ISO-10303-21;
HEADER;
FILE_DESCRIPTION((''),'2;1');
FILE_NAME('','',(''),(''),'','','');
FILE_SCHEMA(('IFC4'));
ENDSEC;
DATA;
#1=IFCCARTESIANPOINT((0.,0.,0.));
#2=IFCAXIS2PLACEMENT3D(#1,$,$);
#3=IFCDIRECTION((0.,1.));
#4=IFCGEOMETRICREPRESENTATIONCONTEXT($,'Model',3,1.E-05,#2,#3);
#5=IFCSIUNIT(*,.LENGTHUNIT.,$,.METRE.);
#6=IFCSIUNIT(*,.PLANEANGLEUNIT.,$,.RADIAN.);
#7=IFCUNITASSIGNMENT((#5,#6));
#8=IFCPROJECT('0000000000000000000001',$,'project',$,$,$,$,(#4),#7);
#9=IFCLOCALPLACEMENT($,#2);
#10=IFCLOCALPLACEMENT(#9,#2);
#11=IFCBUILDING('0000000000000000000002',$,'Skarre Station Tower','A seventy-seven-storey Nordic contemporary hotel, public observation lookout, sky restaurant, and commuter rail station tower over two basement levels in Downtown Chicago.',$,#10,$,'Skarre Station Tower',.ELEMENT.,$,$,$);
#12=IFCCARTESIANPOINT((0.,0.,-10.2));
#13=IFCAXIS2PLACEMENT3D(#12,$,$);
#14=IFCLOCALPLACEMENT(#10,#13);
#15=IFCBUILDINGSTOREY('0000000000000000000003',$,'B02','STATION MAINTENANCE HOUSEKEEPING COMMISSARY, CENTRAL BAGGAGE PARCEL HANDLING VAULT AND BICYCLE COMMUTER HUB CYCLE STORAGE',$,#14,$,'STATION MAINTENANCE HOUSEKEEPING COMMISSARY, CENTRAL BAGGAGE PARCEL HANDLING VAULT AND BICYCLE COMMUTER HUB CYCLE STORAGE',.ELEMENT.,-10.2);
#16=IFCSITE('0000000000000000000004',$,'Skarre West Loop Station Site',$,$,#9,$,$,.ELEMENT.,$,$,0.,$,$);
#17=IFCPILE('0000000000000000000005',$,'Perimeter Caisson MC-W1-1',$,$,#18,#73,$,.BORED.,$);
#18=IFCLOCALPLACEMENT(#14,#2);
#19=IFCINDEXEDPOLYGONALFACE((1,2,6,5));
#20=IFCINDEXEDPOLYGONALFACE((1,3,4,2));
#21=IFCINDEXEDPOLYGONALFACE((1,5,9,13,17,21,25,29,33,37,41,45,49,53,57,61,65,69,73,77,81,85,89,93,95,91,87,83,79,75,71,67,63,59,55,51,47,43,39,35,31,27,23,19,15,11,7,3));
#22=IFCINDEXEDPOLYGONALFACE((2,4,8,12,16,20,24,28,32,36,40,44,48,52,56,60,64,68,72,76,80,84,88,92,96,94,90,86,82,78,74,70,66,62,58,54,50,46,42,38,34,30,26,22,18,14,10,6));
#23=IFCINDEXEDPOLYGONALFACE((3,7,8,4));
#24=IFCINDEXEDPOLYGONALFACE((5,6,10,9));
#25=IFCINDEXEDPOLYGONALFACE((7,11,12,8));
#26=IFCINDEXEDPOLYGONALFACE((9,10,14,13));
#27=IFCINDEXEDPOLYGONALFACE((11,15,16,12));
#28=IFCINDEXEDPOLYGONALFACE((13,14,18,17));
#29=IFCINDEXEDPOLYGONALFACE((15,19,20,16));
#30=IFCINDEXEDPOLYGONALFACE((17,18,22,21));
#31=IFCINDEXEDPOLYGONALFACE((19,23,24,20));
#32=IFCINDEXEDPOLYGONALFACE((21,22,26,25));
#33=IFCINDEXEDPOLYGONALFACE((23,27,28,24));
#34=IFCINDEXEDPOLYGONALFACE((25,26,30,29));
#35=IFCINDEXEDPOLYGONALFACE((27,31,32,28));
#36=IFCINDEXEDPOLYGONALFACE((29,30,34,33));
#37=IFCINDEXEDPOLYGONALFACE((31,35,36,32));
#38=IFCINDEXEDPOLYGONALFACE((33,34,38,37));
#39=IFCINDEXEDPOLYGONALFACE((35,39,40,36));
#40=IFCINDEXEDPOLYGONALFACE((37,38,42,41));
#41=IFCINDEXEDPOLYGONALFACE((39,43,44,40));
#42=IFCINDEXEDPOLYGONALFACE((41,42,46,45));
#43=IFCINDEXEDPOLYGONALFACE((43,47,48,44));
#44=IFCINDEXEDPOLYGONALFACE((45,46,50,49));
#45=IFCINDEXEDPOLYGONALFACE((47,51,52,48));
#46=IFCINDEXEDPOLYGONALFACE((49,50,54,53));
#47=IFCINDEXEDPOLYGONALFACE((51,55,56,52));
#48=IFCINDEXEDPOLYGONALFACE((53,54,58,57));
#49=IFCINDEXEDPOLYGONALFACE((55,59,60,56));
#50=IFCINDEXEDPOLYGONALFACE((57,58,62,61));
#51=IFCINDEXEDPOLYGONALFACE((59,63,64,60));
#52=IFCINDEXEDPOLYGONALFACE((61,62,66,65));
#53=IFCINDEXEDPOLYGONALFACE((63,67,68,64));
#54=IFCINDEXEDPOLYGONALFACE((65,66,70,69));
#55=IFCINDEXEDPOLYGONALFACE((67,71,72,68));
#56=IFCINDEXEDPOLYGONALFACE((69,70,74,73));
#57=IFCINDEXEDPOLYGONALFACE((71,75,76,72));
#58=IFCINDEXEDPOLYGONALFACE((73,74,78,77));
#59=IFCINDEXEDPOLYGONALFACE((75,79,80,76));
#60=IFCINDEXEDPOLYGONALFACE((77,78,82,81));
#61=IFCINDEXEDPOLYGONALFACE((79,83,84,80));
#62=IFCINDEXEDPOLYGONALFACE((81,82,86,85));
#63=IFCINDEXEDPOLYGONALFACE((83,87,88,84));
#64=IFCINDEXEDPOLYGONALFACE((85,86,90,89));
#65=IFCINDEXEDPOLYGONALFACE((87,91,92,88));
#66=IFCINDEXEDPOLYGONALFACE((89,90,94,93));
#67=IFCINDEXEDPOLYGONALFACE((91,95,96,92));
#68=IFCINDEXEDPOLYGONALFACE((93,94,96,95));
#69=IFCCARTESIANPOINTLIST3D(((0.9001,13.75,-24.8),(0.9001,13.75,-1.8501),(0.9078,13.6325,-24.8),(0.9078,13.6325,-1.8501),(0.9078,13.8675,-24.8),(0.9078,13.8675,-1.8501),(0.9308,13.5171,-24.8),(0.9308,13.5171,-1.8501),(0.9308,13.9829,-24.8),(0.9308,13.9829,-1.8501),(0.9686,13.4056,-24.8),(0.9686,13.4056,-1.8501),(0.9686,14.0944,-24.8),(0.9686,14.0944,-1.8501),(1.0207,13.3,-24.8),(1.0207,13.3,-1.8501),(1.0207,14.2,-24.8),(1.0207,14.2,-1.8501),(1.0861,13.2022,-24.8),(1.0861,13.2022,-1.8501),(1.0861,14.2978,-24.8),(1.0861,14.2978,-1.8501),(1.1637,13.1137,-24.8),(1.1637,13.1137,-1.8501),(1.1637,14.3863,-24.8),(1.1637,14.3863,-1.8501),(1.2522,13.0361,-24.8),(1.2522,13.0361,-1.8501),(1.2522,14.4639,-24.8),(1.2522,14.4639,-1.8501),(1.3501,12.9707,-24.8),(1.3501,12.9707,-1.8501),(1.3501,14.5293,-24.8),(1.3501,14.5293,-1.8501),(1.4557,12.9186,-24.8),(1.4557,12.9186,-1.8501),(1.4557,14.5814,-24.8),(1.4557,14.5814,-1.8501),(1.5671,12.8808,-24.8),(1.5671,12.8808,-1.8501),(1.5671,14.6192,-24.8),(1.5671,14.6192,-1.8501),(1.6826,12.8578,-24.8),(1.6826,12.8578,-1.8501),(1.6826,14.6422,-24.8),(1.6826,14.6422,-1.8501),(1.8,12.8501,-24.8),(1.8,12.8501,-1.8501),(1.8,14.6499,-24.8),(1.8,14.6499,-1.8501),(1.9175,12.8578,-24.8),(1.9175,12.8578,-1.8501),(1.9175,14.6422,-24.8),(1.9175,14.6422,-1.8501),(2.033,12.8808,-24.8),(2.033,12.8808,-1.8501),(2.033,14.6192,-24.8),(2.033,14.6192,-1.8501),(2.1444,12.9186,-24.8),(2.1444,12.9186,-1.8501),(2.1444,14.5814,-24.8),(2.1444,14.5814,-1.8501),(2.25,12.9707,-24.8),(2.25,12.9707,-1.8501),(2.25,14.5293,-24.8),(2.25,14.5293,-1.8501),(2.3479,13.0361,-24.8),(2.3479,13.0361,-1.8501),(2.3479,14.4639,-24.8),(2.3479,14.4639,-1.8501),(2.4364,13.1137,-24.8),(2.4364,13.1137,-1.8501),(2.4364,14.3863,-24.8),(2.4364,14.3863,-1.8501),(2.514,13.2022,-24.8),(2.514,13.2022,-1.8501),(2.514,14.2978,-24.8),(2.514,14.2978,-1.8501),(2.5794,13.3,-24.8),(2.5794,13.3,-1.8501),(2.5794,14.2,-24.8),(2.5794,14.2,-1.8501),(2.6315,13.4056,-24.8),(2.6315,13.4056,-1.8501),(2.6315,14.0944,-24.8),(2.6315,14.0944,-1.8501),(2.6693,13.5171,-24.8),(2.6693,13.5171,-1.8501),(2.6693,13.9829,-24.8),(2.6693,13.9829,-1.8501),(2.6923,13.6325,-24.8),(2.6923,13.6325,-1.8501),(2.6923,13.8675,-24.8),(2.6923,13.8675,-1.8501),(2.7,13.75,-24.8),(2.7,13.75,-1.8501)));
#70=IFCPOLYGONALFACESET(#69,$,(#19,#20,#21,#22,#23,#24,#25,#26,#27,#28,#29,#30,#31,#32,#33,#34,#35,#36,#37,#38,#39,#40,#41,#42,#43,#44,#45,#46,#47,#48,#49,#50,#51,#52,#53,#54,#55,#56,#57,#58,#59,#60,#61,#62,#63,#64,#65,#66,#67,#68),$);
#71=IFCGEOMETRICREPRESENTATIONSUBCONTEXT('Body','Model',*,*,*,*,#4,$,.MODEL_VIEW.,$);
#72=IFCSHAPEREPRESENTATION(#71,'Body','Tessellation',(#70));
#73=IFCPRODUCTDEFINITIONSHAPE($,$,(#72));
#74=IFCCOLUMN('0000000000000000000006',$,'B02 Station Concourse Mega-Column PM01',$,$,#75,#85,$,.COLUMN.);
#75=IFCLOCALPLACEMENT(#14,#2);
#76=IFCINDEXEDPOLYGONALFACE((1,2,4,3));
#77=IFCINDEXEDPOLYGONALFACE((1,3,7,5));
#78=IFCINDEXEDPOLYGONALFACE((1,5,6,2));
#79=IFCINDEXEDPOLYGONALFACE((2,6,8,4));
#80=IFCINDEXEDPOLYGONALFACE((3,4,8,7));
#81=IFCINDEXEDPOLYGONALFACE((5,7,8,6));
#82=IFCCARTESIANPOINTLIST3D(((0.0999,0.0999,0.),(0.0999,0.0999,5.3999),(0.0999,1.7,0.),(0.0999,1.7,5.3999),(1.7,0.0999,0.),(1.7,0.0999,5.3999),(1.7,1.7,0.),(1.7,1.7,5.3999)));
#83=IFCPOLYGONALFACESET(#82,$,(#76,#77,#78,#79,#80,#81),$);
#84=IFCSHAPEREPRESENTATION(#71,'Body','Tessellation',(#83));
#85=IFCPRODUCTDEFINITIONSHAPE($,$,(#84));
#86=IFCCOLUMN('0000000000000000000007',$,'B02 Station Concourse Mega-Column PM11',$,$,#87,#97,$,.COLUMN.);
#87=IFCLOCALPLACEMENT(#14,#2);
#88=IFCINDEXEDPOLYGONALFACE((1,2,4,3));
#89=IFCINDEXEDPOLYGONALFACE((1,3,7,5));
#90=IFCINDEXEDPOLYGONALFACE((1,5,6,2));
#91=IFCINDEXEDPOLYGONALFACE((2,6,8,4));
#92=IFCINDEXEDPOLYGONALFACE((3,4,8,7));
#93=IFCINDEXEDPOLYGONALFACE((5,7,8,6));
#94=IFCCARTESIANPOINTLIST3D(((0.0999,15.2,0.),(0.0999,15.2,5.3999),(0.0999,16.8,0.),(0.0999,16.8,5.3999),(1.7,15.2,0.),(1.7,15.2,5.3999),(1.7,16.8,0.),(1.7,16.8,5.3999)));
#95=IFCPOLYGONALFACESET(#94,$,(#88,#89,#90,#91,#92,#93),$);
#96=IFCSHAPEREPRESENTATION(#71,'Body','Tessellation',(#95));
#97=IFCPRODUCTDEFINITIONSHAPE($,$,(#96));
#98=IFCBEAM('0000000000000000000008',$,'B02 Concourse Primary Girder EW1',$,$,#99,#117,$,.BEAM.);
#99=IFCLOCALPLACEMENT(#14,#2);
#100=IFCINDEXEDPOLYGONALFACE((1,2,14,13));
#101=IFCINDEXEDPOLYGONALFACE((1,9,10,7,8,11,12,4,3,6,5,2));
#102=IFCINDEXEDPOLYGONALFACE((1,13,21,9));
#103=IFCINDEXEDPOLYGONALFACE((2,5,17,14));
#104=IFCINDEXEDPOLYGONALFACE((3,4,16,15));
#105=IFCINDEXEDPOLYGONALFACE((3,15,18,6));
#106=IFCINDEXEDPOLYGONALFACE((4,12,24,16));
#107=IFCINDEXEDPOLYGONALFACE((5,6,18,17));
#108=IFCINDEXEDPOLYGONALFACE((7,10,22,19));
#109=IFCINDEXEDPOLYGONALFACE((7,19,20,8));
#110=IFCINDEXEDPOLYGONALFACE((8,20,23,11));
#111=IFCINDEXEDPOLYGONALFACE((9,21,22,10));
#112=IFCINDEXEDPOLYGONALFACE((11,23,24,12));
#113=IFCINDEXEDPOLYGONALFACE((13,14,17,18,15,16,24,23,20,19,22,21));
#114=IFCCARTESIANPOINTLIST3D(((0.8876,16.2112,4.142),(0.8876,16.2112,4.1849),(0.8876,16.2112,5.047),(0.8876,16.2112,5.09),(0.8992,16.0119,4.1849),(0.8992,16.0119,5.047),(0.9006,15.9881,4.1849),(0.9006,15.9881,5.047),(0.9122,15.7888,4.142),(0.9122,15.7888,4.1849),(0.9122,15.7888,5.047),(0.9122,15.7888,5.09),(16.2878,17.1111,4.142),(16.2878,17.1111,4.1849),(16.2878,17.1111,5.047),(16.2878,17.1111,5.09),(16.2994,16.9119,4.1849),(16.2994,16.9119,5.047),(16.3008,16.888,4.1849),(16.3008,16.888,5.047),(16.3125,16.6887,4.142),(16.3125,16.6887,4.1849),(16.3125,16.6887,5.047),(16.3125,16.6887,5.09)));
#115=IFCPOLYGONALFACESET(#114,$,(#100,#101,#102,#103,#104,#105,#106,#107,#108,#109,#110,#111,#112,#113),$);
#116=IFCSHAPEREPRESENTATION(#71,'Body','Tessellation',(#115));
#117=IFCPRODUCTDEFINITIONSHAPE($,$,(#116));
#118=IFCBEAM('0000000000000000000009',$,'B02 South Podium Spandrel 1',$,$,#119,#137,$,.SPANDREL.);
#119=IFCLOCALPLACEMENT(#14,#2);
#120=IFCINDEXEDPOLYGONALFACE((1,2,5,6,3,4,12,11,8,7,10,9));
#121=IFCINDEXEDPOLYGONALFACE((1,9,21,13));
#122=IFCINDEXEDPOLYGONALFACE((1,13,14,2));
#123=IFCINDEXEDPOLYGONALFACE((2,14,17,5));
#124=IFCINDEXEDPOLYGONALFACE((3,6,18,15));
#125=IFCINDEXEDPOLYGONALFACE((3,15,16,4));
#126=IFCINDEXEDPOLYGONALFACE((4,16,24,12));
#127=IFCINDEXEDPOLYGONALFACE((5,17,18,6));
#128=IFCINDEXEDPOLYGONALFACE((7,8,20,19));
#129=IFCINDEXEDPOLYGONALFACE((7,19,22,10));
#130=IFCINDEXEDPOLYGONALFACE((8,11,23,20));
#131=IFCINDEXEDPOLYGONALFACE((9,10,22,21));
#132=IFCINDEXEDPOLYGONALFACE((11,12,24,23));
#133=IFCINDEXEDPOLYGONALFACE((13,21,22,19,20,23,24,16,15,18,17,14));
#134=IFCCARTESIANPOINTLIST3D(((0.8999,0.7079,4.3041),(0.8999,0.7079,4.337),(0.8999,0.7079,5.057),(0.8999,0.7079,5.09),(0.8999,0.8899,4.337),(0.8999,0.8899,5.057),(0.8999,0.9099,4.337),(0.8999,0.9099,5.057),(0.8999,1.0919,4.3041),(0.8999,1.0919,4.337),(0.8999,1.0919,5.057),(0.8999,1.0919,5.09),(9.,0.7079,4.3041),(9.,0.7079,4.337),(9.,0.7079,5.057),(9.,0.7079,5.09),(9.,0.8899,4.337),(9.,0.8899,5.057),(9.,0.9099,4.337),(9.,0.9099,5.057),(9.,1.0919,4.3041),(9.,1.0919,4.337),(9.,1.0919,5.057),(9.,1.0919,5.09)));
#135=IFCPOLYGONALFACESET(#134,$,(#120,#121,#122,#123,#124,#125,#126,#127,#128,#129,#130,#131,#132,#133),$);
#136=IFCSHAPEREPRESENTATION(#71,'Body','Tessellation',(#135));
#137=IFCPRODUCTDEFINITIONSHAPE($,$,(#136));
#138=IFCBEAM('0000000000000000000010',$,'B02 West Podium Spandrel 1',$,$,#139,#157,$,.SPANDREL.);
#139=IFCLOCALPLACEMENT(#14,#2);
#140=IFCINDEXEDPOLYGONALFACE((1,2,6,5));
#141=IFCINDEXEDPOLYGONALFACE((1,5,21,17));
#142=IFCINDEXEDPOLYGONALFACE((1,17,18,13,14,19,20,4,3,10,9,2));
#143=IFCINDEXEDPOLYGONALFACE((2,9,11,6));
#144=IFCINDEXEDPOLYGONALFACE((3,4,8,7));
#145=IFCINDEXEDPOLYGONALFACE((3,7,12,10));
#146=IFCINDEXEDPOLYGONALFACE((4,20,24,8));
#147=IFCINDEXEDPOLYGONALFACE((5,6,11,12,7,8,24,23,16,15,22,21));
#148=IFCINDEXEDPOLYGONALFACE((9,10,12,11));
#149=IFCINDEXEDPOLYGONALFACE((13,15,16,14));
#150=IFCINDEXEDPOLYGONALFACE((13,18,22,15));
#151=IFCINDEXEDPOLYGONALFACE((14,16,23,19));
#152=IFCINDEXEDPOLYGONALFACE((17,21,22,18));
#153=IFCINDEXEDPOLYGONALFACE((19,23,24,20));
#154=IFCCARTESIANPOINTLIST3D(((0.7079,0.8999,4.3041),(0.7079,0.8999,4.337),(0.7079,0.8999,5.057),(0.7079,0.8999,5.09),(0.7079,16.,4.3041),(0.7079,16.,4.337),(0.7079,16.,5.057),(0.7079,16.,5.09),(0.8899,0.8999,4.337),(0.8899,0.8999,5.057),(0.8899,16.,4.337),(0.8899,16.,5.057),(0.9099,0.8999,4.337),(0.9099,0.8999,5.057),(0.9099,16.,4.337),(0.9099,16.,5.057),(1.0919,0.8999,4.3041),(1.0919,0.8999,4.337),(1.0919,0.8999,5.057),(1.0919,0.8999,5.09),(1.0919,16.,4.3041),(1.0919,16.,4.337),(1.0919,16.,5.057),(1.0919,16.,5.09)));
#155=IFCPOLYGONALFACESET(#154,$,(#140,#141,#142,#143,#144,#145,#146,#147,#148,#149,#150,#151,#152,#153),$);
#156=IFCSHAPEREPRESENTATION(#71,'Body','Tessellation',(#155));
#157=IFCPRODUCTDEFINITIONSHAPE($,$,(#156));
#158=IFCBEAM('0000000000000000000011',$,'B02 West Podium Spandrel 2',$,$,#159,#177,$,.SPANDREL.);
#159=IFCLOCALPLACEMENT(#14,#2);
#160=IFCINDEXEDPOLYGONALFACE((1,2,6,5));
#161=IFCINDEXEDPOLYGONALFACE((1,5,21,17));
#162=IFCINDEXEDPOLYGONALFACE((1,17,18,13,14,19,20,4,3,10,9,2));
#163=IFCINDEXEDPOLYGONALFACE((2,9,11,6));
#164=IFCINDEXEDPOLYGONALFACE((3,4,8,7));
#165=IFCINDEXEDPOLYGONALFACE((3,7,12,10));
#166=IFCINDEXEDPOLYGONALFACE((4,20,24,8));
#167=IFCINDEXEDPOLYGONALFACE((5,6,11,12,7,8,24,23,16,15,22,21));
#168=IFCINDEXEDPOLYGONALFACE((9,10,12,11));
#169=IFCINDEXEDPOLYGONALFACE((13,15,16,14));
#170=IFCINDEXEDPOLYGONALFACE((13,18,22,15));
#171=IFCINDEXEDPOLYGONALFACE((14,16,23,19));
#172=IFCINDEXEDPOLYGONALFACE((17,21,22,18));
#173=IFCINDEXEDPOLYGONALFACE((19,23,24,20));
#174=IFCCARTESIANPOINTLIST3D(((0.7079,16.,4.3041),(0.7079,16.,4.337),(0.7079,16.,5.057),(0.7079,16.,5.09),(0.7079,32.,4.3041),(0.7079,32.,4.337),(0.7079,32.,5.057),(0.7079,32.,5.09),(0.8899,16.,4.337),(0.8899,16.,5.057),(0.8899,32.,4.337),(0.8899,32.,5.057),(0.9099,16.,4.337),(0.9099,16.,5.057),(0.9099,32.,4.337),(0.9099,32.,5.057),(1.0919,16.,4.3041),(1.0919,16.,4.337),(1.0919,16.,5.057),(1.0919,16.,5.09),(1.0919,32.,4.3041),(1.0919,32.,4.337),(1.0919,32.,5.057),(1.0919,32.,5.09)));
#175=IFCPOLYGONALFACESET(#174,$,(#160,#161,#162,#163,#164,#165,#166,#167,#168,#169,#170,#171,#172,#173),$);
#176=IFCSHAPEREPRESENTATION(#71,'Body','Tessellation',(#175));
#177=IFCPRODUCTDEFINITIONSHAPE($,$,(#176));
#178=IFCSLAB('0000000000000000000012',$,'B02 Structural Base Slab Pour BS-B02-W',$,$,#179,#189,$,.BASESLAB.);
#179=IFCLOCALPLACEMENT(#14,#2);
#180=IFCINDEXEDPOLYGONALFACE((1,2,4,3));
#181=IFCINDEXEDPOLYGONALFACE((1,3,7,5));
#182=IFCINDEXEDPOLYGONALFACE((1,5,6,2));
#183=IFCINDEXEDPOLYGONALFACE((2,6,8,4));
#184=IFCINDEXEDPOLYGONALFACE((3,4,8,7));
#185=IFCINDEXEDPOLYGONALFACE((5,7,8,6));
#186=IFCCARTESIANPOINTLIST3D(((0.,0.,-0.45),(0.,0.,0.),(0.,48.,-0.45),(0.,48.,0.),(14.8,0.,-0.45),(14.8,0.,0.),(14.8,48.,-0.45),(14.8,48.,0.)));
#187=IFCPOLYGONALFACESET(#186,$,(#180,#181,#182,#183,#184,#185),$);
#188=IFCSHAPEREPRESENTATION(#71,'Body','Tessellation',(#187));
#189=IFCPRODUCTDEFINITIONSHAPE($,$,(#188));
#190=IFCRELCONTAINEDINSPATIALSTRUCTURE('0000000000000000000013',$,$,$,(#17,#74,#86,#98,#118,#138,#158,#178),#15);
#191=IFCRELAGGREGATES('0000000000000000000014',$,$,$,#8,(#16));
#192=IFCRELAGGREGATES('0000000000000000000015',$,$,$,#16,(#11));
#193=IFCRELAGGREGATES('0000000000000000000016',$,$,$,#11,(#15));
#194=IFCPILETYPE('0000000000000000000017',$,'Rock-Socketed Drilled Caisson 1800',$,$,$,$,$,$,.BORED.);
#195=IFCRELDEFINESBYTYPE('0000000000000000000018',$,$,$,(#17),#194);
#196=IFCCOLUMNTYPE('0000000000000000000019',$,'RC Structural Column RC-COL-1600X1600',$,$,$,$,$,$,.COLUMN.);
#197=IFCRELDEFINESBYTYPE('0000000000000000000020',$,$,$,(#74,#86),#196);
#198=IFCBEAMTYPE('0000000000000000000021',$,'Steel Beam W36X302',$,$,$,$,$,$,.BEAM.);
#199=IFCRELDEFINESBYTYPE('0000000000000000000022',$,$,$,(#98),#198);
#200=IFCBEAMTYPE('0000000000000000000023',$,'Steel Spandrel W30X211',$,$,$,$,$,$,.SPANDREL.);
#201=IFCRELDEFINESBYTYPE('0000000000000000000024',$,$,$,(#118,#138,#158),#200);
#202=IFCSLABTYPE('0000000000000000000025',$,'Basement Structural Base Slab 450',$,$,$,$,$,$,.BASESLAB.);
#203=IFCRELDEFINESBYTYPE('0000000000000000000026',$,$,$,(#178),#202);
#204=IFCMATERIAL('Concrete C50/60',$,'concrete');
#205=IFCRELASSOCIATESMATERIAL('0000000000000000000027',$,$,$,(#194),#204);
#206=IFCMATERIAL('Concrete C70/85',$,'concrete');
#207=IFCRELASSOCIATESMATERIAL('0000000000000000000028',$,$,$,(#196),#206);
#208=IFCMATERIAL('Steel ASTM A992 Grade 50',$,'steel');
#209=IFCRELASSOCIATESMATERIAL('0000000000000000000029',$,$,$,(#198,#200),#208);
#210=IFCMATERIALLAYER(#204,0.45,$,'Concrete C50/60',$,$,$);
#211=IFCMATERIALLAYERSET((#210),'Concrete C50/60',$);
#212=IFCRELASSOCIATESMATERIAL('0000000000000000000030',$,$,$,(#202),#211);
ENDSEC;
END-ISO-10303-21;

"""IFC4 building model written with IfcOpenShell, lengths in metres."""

from ifc_helpers import new_model, si_unit, direction, frame, origin, origin_2d, place, context, subcontext, project, spatial, polyline, rectangle, circle, i_section, outline, extrude, material, layer, layer_set, material_profile, profile_set, type_object, element, save


model = new_model("IFC4")

# Units and contexts
model_context = context("Model", 3, precision=1e-05, world=origin(), true_north=direction((0.0, 1.0)))
body_context = subcontext(model_context, "Body", "Model", "MODEL_VIEW")
ifc_project = project(units=[si_unit("LENGTHUNIT", "METRE"), si_unit("PLANEANGLEUNIT", "RADIAN")], contexts=[model_context])

# Site, building, storey
site_placement = place(None, origin())
site = spatial("IfcSite", under=ifc_project, at=site_placement, Name="Skarre West Loop Station Site", CompositionType="ELEMENT", RefElevation=0.0)
building_placement = place(site_placement, origin())
building = spatial("IfcBuilding", under=site, at=building_placement, Name="Skarre Station Tower", Description="A seventy-seven-storey Nordic contemporary hotel, public observation lookout, sky restaurant, and commuter rail station tower over two basement levels in Downtown Chicago.", LongName="Skarre Station Tower", CompositionType="ELEMENT")
storey_placement = place(building_placement, frame((0.0, 0.0, -10.2)))
storey = spatial("IfcBuildingStorey", under=building, at=storey_placement, Name="B02", Description="STATION MAINTENANCE HOUSEKEEPING COMMISSARY, CENTRAL BAGGAGE PARCEL HANDLING VAULT AND BICYCLE COMMUTER HUB CYCLE STORAGE", LongName="STATION MAINTENANCE HOUSEKEEPING COMMISSARY, CENTRAL BAGGAGE PARCEL HANDLING VAULT AND BICYCLE COMMUTER HUB CYCLE STORAGE", CompositionType="ELEMENT", Elevation=-10.2)

# Shared definitions
ifc_material_1 = material(Name="Concrete C50/60", Category="concrete")

# Pile
ifc_material_profile_1 = material_profile(ifc_material_1, circle(Radius=0.8999, at=origin_2d()), Name="Concrete C50/60")
ifc_profile_set_1 = profile_set([ifc_material_profile_1], Name="Concrete C50/60")
pile_type = type_object("IfcPileType", Name="Rock-Socketed Drilled Caisson 1800", PredefinedType="BORED", material=ifc_profile_set_1)
pile_placement = place(storey_placement, frame((1.8, 13.75, -1.8501), z_axis=(0.0, 0.0, -1.0), x_axis=(1.0, 0.0, 0.0)))
element("IfcPile", 1, at=pile_placement, inside=storey, type_object=pile_type, Name="Perimeter Caisson MC-W1-1", PredefinedType="BORED", context=body_context, shape_type="SweptSolid", body=[
    extrude(circle(Radius=0.8999, at=origin_2d()), origin(), (0.0, 0.0, 1.0), 22.95),
])

# Columns
ifc_material_2 = material(Name="Concrete C70/85", Category="concrete")
ifc_material_profile_2 = material_profile(ifc_material_2, rectangle(XDim=1.6001, YDim=1.6001, at=origin_2d()), Name="Concrete C70/85")
ifc_profile_set_2 = profile_set([ifc_material_profile_2], Name="Concrete C70/85")
column_type = type_object("IfcColumnType", Name="RC Structural Column RC-COL-1600X1600", PredefinedType="COLUMN", material=ifc_profile_set_2)
for number, where, z_axis, x_axis, name in (
    (2, (0.8999, 0.8999, 0.0), (0.0, 0.0, 1.0), (1.0, 0.0, 0.0), "B02 Station Concourse Mega-Column PM01"),
    (3, (0.8999, 16.0, 0.0), (0.0, 0.0, 1.0), (1.0, 0.0, 0.0), "B02 Station Concourse Mega-Column PM11"),
):
    element("IfcColumn", number, at=place(storey_placement, frame(where, z_axis=z_axis, x_axis=x_axis)), inside=storey, type_object=column_type, Name=name, PredefinedType="COLUMN", context=body_context, shape_type="SweptSolid", body=[
        extrude(rectangle(XDim=1.6001, YDim=1.6001, at=origin_2d()), origin(), (0.0, 0.0, 1.0), 5.3999),
    ])

# Beams
ifc_material_3 = material(Name="Steel ASTM A992 Grade 50", Category="steel")
ifc_material_profile_3 = material_profile(ifc_material_3, i_section(OverallWidth=0.4231, OverallDepth=0.948, WebThickness=0.0239, FlangeThickness=0.043, at=origin_2d()), Name="Steel ASTM A992 Grade 50")
ifc_profile_set_3 = profile_set([ifc_material_profile_3], Name="Steel ASTM A992 Grade 50")
beam_type_1 = type_object("IfcBeamType", Name="Steel Beam W36X302", PredefinedType="BEAM", material=ifc_profile_set_3)
beam_1_placement = place(storey_placement, frame((0.8999, 16.0, 4.616), z_axis=(0.998297, 0.058335, 0.0), x_axis=(-0.058335, 0.998297, 0.0)))
element("IfcBeam", 4, at=beam_1_placement, inside=storey, type_object=beam_type_1, Name="B02 Concourse Primary Girder EW1", PredefinedType="BEAM", context=body_context, shape_type="SweptSolid", body=[
    extrude(i_section(OverallWidth=0.4231, OverallDepth=0.948, WebThickness=0.0239, FlangeThickness=0.043, at=origin_2d()), origin(), (0.0, 0.0, 1.0), 15.4265),
])
ifc_material_profile_4 = material_profile(ifc_material_3, i_section(OverallWidth=0.384, OverallDepth=0.7859, WebThickness=0.02, FlangeThickness=0.033, at=origin_2d()), Name="Steel ASTM A992 Grade 50")
ifc_profile_set_4 = profile_set([ifc_material_profile_4], Name="Steel ASTM A992 Grade 50")
beam_type_2 = type_object("IfcBeamType", Name="Steel Spandrel W30X211", PredefinedType="SPANDREL", material=ifc_profile_set_4)
beam_2_placement = place(storey_placement, frame((0.8999, 0.8999, 4.697), z_axis=(1.0, 0.0, 0.0), x_axis=(0.0, 1.0, 0.0)))
element("IfcBeam", 5, at=beam_2_placement, inside=storey, type_object=beam_type_2, Name="B02 South Podium Spandrel 1", PredefinedType="SPANDREL", context=body_context, shape_type="SweptSolid", body=[
    extrude(i_section(OverallWidth=0.384, OverallDepth=0.7859, WebThickness=0.02, FlangeThickness=0.033, at=origin_2d()), origin(), (0.0, 0.0, 1.0), 8.1001),
])
beam_3_placement = place(storey_placement, frame((0.8999, 0.8999, 4.697), z_axis=(0.0, 1.0, 0.0), x_axis=(-1.0, 0.0, 0.0)))
element("IfcBeam", 6, at=beam_3_placement, inside=storey, type_object=beam_type_2, Name="B02 West Podium Spandrel 1", PredefinedType="SPANDREL", context=body_context, shape_type="SweptSolid", body=[
    extrude(i_section(OverallWidth=0.384, OverallDepth=0.7859, WebThickness=0.02, FlangeThickness=0.033, at=origin_2d()), origin(), (0.0, 0.0, 1.0), 15.1001),
])
beam_4_placement = place(storey_placement, frame((0.8999, 16.0, 4.697), z_axis=(0.0, 1.0, 0.0), x_axis=(-1.0, 0.0, 0.0)))
element("IfcBeam", 7, at=beam_4_placement, inside=storey, type_object=beam_type_2, Name="B02 West Podium Spandrel 2", PredefinedType="SPANDREL", context=body_context, shape_type="SweptSolid", body=[
    extrude(i_section(OverallWidth=0.384, OverallDepth=0.7859, WebThickness=0.02, FlangeThickness=0.033, at=origin_2d()), origin(), (0.0, 0.0, 1.0), 16.0),
])

# Slab
ifc_layer_1 = layer(ifc_material_1, 0.45, Name="Concrete C50/60")
ifc_layer_set_1 = layer_set([ifc_layer_1], Name="Concrete C50/60")
slab_type_1 = type_object("IfcSlabType", Name="Basement Structural Base Slab 450", PredefinedType="BASESLAB", material=ifc_layer_set_1)
slab_1_placement = place(storey_placement, frame((0.0, 0.0, -0.45)))
element("IfcSlab", 8, at=slab_1_placement, inside=storey, type_object=slab_type_1, Name="B02 Structural Base Slab Pour BS-B02-W", PredefinedType="BASESLAB", context=body_context, shape_type="SweptSolid", body=[
    extrude(outline(polyline([(0.0, 0.0), (14.8, 0.0), (14.8, 48.0), (0.0, 48.0), (0.0, 0.0)])), origin(), (0.0, 0.0, 1.0), 0.45),
])

save(model, "model.ifc")
